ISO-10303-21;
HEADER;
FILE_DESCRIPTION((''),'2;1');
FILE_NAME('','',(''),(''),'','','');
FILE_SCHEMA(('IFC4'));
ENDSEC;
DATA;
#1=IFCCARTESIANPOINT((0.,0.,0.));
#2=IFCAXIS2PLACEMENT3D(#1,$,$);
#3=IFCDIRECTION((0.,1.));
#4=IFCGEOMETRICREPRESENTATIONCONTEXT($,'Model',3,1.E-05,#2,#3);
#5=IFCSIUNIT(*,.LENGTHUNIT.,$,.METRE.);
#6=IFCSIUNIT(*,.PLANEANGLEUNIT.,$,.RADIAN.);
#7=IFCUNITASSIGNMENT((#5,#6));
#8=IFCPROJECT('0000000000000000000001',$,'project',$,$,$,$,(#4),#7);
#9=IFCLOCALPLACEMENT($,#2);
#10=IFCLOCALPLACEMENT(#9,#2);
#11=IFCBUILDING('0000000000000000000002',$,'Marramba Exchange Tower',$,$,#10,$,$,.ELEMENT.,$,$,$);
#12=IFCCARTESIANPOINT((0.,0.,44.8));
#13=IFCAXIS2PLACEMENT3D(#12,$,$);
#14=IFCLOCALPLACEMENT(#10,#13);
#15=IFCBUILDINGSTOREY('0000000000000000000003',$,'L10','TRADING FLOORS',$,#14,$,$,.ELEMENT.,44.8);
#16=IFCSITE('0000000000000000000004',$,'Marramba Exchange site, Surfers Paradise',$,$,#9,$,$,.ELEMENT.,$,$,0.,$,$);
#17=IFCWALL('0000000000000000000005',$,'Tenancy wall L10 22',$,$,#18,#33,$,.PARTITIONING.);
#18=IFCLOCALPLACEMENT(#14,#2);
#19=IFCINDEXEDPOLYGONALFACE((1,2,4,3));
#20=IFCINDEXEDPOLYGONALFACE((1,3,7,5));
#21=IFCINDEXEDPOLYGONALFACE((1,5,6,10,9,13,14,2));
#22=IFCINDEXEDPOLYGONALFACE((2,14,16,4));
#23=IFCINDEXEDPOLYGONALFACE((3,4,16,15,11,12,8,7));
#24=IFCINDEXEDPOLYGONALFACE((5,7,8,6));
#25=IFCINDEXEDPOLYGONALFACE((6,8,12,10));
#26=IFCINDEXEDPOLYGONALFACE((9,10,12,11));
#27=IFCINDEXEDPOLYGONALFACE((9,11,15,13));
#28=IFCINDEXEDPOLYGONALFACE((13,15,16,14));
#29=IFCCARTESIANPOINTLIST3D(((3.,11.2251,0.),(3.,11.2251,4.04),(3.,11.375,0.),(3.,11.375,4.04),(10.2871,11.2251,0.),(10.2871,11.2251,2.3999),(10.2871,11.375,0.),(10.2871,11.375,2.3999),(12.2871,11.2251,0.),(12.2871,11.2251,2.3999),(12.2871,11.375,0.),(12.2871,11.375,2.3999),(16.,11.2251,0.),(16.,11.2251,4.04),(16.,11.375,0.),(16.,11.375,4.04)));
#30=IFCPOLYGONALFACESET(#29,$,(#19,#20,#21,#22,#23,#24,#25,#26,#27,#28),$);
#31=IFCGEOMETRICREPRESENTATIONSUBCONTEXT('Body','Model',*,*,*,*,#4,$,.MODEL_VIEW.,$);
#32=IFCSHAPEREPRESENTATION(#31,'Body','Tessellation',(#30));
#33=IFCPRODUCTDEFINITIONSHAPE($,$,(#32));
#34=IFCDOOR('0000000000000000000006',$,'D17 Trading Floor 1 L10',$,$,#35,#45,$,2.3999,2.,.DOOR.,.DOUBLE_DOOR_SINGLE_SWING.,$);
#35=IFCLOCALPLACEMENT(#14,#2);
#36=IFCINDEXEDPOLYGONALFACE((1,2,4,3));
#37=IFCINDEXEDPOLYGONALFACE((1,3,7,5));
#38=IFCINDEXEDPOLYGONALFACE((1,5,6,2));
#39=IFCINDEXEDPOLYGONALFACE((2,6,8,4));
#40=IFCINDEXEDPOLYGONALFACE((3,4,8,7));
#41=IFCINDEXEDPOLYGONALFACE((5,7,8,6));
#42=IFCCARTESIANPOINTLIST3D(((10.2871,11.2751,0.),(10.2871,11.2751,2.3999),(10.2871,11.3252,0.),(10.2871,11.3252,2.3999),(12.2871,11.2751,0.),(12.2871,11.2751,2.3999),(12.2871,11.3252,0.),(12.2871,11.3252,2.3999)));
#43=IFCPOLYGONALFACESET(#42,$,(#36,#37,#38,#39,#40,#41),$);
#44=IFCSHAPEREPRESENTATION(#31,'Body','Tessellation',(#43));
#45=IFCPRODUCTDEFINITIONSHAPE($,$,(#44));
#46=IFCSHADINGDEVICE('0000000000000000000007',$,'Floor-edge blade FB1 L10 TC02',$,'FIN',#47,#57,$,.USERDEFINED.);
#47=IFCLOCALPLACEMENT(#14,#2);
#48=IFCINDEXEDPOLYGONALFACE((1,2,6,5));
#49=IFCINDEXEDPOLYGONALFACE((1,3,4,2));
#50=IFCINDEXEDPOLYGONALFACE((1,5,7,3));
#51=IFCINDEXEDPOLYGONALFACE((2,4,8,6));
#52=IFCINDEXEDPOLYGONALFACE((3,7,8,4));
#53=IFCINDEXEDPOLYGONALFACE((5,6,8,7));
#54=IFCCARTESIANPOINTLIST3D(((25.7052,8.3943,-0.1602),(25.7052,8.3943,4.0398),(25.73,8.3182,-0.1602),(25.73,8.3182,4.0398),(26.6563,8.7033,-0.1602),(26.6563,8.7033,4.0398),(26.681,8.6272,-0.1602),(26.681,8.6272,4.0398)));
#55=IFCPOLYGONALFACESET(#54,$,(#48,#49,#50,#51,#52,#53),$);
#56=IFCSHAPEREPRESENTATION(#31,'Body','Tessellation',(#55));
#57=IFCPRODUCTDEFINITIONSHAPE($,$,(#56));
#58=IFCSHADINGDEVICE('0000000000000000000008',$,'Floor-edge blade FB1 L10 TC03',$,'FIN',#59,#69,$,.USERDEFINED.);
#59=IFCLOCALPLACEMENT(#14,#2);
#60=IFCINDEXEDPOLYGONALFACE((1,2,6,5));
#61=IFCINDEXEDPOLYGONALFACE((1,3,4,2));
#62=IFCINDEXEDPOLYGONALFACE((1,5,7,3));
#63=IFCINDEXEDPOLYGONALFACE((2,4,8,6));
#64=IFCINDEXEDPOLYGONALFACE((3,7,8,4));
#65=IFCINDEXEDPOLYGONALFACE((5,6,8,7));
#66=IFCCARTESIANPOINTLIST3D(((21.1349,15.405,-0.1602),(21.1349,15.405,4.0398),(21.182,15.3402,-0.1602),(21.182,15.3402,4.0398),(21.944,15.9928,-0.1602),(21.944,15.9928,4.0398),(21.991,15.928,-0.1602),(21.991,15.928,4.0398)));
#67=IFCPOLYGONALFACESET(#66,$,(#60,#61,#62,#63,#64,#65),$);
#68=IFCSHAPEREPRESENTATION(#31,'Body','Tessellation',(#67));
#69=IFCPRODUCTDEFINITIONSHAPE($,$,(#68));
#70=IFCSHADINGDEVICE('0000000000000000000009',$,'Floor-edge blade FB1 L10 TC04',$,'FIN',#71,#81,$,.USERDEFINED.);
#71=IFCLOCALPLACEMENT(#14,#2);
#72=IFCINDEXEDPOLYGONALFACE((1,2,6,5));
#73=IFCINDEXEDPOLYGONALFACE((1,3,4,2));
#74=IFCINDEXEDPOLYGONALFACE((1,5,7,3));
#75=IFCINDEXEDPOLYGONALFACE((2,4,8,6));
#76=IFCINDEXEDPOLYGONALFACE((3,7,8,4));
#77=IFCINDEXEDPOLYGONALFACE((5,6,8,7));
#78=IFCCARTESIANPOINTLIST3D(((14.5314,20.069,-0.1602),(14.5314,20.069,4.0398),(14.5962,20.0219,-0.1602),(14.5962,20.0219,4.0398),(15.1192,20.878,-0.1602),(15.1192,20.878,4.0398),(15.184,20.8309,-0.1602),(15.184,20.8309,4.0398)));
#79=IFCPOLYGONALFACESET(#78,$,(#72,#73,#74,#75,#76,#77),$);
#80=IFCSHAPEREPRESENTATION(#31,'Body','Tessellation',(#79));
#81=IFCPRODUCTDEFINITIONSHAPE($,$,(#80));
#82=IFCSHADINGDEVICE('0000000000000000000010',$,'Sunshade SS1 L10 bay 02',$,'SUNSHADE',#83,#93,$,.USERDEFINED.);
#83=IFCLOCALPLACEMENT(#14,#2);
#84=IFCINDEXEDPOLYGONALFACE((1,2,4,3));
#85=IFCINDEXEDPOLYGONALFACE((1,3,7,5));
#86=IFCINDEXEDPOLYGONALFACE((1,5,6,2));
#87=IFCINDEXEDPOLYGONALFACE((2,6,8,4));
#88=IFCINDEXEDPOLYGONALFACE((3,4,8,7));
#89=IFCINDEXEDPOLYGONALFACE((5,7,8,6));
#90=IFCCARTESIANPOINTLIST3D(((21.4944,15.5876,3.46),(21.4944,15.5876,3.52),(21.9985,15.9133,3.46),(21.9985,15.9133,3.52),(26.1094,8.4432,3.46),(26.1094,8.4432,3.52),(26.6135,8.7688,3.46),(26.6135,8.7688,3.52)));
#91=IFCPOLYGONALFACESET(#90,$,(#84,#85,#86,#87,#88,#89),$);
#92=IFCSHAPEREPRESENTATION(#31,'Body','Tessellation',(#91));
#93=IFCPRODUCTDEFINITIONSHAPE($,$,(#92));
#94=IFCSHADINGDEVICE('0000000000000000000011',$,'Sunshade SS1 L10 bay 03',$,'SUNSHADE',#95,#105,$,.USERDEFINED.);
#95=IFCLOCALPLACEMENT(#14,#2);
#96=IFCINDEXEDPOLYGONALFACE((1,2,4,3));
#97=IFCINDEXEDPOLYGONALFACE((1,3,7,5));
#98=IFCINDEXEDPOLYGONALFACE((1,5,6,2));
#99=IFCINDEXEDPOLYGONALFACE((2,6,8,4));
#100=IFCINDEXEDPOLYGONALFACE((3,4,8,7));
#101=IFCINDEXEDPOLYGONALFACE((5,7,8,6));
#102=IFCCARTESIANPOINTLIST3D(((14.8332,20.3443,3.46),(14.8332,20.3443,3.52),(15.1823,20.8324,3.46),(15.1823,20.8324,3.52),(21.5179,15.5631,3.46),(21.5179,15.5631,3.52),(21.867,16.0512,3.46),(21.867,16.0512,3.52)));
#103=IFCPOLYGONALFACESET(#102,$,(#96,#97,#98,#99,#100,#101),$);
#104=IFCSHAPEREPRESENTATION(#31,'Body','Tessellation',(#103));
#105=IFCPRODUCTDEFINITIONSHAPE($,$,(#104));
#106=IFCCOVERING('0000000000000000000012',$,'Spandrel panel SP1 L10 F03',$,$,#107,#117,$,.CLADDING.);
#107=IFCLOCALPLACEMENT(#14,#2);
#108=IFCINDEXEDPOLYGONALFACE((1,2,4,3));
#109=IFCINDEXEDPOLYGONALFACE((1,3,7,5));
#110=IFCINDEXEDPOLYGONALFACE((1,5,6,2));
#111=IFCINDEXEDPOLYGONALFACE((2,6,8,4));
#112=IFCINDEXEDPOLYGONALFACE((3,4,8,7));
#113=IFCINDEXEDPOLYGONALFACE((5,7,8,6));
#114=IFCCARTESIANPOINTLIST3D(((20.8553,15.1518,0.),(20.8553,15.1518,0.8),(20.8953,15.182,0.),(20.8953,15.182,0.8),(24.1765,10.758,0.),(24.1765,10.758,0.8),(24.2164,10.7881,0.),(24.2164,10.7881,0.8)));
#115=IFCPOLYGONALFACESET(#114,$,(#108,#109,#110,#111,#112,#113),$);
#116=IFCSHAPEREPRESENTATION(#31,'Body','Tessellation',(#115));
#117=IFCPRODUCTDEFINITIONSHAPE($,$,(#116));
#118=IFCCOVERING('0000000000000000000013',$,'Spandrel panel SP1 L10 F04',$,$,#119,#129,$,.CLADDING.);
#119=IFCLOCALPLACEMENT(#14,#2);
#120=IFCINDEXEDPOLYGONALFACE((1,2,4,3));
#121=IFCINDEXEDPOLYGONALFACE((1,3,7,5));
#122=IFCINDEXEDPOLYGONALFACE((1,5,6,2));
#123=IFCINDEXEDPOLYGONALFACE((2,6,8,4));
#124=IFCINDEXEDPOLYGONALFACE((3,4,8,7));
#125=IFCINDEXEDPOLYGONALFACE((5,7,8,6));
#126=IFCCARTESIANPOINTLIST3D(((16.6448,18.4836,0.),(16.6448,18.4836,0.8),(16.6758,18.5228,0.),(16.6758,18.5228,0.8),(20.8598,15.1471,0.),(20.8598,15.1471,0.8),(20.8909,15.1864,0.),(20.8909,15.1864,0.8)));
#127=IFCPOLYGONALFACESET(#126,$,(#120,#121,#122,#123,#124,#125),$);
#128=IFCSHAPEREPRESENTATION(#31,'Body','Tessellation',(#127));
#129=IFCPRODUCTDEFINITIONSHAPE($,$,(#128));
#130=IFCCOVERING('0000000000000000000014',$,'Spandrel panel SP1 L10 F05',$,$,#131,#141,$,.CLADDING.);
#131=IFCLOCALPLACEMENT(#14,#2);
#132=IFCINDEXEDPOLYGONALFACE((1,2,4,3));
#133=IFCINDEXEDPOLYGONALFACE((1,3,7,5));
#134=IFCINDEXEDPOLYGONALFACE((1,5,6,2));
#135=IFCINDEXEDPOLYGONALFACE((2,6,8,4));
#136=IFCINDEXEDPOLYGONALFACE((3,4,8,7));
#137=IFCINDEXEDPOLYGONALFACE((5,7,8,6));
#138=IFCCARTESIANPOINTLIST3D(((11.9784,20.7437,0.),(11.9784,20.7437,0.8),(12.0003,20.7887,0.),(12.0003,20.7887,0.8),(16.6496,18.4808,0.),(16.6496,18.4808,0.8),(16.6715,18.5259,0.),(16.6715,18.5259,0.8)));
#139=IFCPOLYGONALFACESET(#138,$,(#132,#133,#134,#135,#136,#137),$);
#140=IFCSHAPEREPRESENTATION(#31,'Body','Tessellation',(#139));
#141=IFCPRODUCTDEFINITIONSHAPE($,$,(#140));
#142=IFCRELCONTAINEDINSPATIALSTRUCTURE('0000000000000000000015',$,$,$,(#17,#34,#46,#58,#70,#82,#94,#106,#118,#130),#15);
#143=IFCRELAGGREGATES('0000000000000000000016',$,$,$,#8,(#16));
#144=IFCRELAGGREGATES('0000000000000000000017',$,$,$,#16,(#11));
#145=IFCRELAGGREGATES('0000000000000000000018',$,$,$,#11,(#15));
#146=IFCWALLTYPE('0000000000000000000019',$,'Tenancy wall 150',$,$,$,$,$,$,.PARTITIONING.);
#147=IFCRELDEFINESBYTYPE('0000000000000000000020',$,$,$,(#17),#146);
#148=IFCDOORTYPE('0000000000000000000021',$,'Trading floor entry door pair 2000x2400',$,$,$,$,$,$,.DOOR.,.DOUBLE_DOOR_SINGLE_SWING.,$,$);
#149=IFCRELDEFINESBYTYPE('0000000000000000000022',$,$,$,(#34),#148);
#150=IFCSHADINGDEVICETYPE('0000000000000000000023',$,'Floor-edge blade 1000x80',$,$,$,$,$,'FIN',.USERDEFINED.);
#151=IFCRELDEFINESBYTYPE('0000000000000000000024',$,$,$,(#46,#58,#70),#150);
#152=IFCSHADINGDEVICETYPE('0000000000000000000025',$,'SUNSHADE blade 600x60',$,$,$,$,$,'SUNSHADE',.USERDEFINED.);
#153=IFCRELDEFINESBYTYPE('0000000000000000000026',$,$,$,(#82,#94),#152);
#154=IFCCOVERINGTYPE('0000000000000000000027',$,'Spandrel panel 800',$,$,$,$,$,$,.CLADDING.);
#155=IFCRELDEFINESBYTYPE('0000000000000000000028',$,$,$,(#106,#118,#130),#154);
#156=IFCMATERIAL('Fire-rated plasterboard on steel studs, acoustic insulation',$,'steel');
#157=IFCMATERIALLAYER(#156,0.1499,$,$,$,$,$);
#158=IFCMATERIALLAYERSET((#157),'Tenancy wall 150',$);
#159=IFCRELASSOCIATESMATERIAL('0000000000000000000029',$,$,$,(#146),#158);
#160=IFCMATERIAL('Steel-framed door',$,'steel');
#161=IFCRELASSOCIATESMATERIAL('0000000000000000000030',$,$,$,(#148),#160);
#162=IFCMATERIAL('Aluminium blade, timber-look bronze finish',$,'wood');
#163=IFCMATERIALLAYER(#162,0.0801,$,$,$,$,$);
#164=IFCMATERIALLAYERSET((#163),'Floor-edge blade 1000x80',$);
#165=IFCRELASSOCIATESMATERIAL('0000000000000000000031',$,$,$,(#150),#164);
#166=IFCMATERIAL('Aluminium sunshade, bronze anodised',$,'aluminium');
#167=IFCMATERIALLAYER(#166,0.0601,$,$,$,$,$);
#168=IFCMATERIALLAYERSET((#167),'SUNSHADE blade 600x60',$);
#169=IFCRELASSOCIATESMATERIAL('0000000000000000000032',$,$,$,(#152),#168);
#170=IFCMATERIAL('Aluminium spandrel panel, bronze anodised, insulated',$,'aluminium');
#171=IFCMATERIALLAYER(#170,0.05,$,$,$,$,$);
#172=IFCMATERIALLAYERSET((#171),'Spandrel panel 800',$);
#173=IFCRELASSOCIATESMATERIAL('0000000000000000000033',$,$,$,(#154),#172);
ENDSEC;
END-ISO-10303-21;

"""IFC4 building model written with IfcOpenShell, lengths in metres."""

from ifc_helpers import new_model, si_unit, direction, frame, frame_2d, origin, origin_2d, place, context, subcontext, project, spatial, rectangle, extrude, material, layer, layer_set, type_object, element, fill, save


model = new_model("IFC4")

# Units and contexts
model_context = context("Model", 3, precision=1e-05, world=origin(), true_north=direction((0.0, 1.0)))
body_context = subcontext(model_context, "Body", "Model", "MODEL_VIEW")
ifc_project = project(units=[si_unit("LENGTHUNIT", "METRE"), si_unit("PLANEANGLEUNIT", "RADIAN")], contexts=[model_context])

# Site, building, storey
site_placement = place(None, origin())
site = spatial("IfcSite", under=ifc_project, at=site_placement, Name="Marramba Exchange site, Surfers Paradise", CompositionType="ELEMENT", RefElevation=0.0)
building_placement = place(site_placement, origin())
building = spatial("IfcBuilding", under=site, at=building_placement, Name="Marramba Exchange Tower", CompositionType="ELEMENT")
storey_placement = place(building_placement, frame((0.0, 0.0, 44.8)))
storey = spatial("IfcBuildingStorey", under=building, at=storey_placement, Name="L10", Description="TRADING FLOORS", CompositionType="ELEMENT", Elevation=44.8)

# Shared definitions
ifc_material_1 = material(Name="Steel-framed door", Category="steel")

# Wall, opening, door
ifc_material_2 = material(Name="Fire-rated plasterboard on steel studs, acoustic insulation", Category="steel")
ifc_layer_1 = layer(ifc_material_2, 0.1499)
ifc_layer_set_1 = layer_set([ifc_layer_1], Name="Tenancy wall 150")
wall_type_1 = type_object("IfcWallType", Name="Tenancy wall 150", PredefinedType="PARTITIONING", material=ifc_layer_set_1)
wall_1_placement = place(storey_placement, frame((16.0, 11.3, 0.0), z_axis=(0.0, 0.0, 1.0), x_axis=(-1.0, 0.0, 0.0)))
wall_1 = element("IfcWall", 1, at=wall_1_placement, inside=storey, type_object=wall_type_1, Name="Tenancy wall L10 22", PredefinedType="PARTITIONING", context=body_context, shape_type="SweptSolid", body=[
    extrude(rectangle(XDim=13.0, YDim=0.1499, at=frame_2d((6.5, 0.0))), origin(), (0.0, 0.0, 1.0), 4.04),
])
opening_1_placement = place(wall_1_placement, frame((3.7129, 0.0, 0.0)))
opening_1 = element("IfcOpeningElement", 2, at=opening_1_placement, cuts=wall_1, PredefinedType="OPENING", context=body_context, shape_type="SweptSolid", body=[
    extrude(rectangle(XDim=2.0, YDim=2.3999, at=frame_2d((1.0, 1.2))), frame((0.0, 0.085, 0.0), z_axis=(0.0, -1.0, 0.0), x_axis=(1.0, 0.0, 0.0)), (0.0, 0.0, 1.0), 0.1699),
])
door_type_1 = type_object("IfcDoorType", Name="Trading floor entry door pair 2000x2400", OperationType="DOUBLE_DOOR_SINGLE_SWING", PredefinedType="DOOR", material=ifc_material_1)
door_1_placement = place(opening_1_placement, origin())
door_1 = element("IfcDoor", 3, at=door_1_placement, inside=storey, type_object=door_type_1, Name="D17 Trading Floor 1 L10", OperationType="DOUBLE_DOOR_SINGLE_SWING", OverallHeight=2.3999, OverallWidth=2.0, PredefinedType="DOOR", context=body_context, shape_type="SweptSolid", body=[
    extrude(rectangle(XDim=2.0, YDim=2.3999, at=frame_2d((1.0, 1.2))), frame((0.0, 0.0249, 0.0), z_axis=(0.0, -1.0, 0.0), x_axis=(1.0, 0.0, 0.0)), (0.0, 0.0, 1.0), 0.05),
])
fill(opening_1, door_1)

# Shading devices
ifc_material_3 = material(Name="Aluminium blade, timber-look bronze finish", Category="wood")
ifc_layer_2 = layer(ifc_material_3, 0.0801)
ifc_layer_set_2 = layer_set([ifc_layer_2], Name="Floor-edge blade 1000x80")
shading_device_type_1 = type_object("IfcShadingDeviceType", Name="Floor-edge blade 1000x80", ElementType="FIN", PredefinedType="USERDEFINED", material=ifc_layer_set_2)
for number, where, z_axis, x_axis, name in (
    (4, (26.1931, 8.5107, -0.1602), (0.0, 0.0, 1.0), (0.951057, 0.309017, 0.0), "Floor-edge blade FB1 L10 TC02"),
    (5, (21.563, 15.6665, -0.1602), (0.0, 0.0, 1.0), (0.809017, 0.587785, 0.0), "Floor-edge blade FB1 L10 TC03"),
    (6, (14.8577, 20.45, -0.1602), (0.0, 0.0, 1.0), (0.587785, 0.809017, 0.0), "Floor-edge blade FB1 L10 TC04"),
):
    element("IfcShadingDevice", number, at=place(storey_placement, frame(where, z_axis=z_axis, x_axis=x_axis)), inside=storey, type_object=shading_device_type_1, Name=name, ObjectType="FIN", PredefinedType="USERDEFINED", context=body_context, shape_type="SweptSolid", body=[
        extrude(rectangle(XDim=1.0, YDim=0.0801, at=origin_2d()), origin(), (0.0, 0.0, 1.0), 4.2),
    ])
ifc_material_4 = material(Name="Aluminium sunshade, bronze anodised", Category="aluminium")
ifc_layer_3 = layer(ifc_material_4, 0.0601)
ifc_layer_set_3 = layer_set([ifc_layer_3], Name="SUNSHADE blade 600x60")
shading_device_type_2 = type_object("IfcShadingDeviceType", Name="SUNSHADE blade 600x60", ElementType="SUNSHADE", PredefinedType="USERDEFINED", material=ifc_layer_set_3)
shading_device_1_placement = place(storey_placement, frame((24.054, 12.1782, 3.46), z_axis=(0.0, 0.0, 1.0), x_axis=(-0.542597, 0.839993, 0.0)))
element("IfcShadingDevice", 7, at=shading_device_1_placement, inside=storey, type_object=shading_device_type_2, Name="Sunshade SS1 L10 bay 02", ObjectType="SUNSHADE", PredefinedType="USERDEFINED", context=body_context, shape_type="SweptSolid", body=[
    extrude(rectangle(XDim=8.5054, YDim=0.6001, at=origin_2d()), origin(), (0.0, 0.0, 1.0), 0.0601),
])
shading_device_2_placement = place(storey_placement, frame((18.3501, 18.1978, 3.46), z_axis=(0.0, 0.0, 1.0), x_axis=(-0.813363, 0.581757, 0.0)))
element("IfcShadingDevice", 8, at=shading_device_2_placement, inside=storey, type_object=shading_device_type_2, Name="Sunshade SS1 L10 bay 03", ObjectType="SUNSHADE", PredefinedType="USERDEFINED", context=body_context, shape_type="SweptSolid", body=[
    extrude(rectangle(XDim=8.2185, YDim=0.6001, at=origin_2d()), origin(), (0.0, 0.0, 1.0), 0.0601),
])

# Coverings
ifc_material_5 = material(Name="Aluminium spandrel panel, bronze anodised, insulated", Category="aluminium")
ifc_layer_4 = layer(ifc_material_5, 0.05)
ifc_layer_set_4 = layer_set([ifc_layer_4], Name="Spandrel panel 800")
covering_type = type_object("IfcCoveringType", Name="Spandrel panel 800", PredefinedType="CLADDING", material=ifc_layer_set_4)
covering_1_placement = place(storey_placement, frame((22.5359, 12.97, 0.0), z_axis=(0.0, 0.0, 1.0), x_axis=(-0.60299, 0.797749, 0.0)))
element("IfcCovering", 9, at=covering_1_placement, inside=storey, type_object=covering_type, Name="Spandrel panel SP1 L10 F03", PredefinedType="CLADDING", context=body_context, shape_type="SweptSolid", body=[
    extrude(rectangle(XDim=5.5078, YDim=0.05, at=origin_2d()), origin(), (0.0, 0.0, 1.0), 0.8),
])
covering_2_placement = place(storey_placement, frame((18.7678, 16.835, 0.0), z_axis=(0.0, 0.0, 1.0), x_axis=(-0.784088, 0.62065, 0.0)))
element("IfcCovering", 10, at=covering_2_placement, inside=storey, type_object=covering_type, Name="Spandrel panel SP1 L10 F04", PredefinedType="CLADDING", context=body_context, shape_type="SweptSolid", body=[
    extrude(rectangle(XDim=5.3757, YDim=0.05, at=origin_2d()), origin(), (0.0, 0.0, 1.0), 0.8),
])
covering_3_placement = place(storey_placement, frame((14.325, 19.6348, 0.0), z_axis=(0.0, 0.0, 1.0), x_axis=(-0.899963, 0.435965, 0.0)))
element("IfcCovering", 11, at=covering_3_placement, inside=storey, type_object=covering_type, Name="Spandrel panel SP1 L10 F05", PredefinedType="CLADDING", context=body_context, shape_type="SweptSolid", body=[
    extrude(rectangle(XDim=5.1904, YDim=0.05, at=origin_2d()), origin(), (0.0, 0.0, 1.0), 0.8),
])

save(model, "model.ifc")
